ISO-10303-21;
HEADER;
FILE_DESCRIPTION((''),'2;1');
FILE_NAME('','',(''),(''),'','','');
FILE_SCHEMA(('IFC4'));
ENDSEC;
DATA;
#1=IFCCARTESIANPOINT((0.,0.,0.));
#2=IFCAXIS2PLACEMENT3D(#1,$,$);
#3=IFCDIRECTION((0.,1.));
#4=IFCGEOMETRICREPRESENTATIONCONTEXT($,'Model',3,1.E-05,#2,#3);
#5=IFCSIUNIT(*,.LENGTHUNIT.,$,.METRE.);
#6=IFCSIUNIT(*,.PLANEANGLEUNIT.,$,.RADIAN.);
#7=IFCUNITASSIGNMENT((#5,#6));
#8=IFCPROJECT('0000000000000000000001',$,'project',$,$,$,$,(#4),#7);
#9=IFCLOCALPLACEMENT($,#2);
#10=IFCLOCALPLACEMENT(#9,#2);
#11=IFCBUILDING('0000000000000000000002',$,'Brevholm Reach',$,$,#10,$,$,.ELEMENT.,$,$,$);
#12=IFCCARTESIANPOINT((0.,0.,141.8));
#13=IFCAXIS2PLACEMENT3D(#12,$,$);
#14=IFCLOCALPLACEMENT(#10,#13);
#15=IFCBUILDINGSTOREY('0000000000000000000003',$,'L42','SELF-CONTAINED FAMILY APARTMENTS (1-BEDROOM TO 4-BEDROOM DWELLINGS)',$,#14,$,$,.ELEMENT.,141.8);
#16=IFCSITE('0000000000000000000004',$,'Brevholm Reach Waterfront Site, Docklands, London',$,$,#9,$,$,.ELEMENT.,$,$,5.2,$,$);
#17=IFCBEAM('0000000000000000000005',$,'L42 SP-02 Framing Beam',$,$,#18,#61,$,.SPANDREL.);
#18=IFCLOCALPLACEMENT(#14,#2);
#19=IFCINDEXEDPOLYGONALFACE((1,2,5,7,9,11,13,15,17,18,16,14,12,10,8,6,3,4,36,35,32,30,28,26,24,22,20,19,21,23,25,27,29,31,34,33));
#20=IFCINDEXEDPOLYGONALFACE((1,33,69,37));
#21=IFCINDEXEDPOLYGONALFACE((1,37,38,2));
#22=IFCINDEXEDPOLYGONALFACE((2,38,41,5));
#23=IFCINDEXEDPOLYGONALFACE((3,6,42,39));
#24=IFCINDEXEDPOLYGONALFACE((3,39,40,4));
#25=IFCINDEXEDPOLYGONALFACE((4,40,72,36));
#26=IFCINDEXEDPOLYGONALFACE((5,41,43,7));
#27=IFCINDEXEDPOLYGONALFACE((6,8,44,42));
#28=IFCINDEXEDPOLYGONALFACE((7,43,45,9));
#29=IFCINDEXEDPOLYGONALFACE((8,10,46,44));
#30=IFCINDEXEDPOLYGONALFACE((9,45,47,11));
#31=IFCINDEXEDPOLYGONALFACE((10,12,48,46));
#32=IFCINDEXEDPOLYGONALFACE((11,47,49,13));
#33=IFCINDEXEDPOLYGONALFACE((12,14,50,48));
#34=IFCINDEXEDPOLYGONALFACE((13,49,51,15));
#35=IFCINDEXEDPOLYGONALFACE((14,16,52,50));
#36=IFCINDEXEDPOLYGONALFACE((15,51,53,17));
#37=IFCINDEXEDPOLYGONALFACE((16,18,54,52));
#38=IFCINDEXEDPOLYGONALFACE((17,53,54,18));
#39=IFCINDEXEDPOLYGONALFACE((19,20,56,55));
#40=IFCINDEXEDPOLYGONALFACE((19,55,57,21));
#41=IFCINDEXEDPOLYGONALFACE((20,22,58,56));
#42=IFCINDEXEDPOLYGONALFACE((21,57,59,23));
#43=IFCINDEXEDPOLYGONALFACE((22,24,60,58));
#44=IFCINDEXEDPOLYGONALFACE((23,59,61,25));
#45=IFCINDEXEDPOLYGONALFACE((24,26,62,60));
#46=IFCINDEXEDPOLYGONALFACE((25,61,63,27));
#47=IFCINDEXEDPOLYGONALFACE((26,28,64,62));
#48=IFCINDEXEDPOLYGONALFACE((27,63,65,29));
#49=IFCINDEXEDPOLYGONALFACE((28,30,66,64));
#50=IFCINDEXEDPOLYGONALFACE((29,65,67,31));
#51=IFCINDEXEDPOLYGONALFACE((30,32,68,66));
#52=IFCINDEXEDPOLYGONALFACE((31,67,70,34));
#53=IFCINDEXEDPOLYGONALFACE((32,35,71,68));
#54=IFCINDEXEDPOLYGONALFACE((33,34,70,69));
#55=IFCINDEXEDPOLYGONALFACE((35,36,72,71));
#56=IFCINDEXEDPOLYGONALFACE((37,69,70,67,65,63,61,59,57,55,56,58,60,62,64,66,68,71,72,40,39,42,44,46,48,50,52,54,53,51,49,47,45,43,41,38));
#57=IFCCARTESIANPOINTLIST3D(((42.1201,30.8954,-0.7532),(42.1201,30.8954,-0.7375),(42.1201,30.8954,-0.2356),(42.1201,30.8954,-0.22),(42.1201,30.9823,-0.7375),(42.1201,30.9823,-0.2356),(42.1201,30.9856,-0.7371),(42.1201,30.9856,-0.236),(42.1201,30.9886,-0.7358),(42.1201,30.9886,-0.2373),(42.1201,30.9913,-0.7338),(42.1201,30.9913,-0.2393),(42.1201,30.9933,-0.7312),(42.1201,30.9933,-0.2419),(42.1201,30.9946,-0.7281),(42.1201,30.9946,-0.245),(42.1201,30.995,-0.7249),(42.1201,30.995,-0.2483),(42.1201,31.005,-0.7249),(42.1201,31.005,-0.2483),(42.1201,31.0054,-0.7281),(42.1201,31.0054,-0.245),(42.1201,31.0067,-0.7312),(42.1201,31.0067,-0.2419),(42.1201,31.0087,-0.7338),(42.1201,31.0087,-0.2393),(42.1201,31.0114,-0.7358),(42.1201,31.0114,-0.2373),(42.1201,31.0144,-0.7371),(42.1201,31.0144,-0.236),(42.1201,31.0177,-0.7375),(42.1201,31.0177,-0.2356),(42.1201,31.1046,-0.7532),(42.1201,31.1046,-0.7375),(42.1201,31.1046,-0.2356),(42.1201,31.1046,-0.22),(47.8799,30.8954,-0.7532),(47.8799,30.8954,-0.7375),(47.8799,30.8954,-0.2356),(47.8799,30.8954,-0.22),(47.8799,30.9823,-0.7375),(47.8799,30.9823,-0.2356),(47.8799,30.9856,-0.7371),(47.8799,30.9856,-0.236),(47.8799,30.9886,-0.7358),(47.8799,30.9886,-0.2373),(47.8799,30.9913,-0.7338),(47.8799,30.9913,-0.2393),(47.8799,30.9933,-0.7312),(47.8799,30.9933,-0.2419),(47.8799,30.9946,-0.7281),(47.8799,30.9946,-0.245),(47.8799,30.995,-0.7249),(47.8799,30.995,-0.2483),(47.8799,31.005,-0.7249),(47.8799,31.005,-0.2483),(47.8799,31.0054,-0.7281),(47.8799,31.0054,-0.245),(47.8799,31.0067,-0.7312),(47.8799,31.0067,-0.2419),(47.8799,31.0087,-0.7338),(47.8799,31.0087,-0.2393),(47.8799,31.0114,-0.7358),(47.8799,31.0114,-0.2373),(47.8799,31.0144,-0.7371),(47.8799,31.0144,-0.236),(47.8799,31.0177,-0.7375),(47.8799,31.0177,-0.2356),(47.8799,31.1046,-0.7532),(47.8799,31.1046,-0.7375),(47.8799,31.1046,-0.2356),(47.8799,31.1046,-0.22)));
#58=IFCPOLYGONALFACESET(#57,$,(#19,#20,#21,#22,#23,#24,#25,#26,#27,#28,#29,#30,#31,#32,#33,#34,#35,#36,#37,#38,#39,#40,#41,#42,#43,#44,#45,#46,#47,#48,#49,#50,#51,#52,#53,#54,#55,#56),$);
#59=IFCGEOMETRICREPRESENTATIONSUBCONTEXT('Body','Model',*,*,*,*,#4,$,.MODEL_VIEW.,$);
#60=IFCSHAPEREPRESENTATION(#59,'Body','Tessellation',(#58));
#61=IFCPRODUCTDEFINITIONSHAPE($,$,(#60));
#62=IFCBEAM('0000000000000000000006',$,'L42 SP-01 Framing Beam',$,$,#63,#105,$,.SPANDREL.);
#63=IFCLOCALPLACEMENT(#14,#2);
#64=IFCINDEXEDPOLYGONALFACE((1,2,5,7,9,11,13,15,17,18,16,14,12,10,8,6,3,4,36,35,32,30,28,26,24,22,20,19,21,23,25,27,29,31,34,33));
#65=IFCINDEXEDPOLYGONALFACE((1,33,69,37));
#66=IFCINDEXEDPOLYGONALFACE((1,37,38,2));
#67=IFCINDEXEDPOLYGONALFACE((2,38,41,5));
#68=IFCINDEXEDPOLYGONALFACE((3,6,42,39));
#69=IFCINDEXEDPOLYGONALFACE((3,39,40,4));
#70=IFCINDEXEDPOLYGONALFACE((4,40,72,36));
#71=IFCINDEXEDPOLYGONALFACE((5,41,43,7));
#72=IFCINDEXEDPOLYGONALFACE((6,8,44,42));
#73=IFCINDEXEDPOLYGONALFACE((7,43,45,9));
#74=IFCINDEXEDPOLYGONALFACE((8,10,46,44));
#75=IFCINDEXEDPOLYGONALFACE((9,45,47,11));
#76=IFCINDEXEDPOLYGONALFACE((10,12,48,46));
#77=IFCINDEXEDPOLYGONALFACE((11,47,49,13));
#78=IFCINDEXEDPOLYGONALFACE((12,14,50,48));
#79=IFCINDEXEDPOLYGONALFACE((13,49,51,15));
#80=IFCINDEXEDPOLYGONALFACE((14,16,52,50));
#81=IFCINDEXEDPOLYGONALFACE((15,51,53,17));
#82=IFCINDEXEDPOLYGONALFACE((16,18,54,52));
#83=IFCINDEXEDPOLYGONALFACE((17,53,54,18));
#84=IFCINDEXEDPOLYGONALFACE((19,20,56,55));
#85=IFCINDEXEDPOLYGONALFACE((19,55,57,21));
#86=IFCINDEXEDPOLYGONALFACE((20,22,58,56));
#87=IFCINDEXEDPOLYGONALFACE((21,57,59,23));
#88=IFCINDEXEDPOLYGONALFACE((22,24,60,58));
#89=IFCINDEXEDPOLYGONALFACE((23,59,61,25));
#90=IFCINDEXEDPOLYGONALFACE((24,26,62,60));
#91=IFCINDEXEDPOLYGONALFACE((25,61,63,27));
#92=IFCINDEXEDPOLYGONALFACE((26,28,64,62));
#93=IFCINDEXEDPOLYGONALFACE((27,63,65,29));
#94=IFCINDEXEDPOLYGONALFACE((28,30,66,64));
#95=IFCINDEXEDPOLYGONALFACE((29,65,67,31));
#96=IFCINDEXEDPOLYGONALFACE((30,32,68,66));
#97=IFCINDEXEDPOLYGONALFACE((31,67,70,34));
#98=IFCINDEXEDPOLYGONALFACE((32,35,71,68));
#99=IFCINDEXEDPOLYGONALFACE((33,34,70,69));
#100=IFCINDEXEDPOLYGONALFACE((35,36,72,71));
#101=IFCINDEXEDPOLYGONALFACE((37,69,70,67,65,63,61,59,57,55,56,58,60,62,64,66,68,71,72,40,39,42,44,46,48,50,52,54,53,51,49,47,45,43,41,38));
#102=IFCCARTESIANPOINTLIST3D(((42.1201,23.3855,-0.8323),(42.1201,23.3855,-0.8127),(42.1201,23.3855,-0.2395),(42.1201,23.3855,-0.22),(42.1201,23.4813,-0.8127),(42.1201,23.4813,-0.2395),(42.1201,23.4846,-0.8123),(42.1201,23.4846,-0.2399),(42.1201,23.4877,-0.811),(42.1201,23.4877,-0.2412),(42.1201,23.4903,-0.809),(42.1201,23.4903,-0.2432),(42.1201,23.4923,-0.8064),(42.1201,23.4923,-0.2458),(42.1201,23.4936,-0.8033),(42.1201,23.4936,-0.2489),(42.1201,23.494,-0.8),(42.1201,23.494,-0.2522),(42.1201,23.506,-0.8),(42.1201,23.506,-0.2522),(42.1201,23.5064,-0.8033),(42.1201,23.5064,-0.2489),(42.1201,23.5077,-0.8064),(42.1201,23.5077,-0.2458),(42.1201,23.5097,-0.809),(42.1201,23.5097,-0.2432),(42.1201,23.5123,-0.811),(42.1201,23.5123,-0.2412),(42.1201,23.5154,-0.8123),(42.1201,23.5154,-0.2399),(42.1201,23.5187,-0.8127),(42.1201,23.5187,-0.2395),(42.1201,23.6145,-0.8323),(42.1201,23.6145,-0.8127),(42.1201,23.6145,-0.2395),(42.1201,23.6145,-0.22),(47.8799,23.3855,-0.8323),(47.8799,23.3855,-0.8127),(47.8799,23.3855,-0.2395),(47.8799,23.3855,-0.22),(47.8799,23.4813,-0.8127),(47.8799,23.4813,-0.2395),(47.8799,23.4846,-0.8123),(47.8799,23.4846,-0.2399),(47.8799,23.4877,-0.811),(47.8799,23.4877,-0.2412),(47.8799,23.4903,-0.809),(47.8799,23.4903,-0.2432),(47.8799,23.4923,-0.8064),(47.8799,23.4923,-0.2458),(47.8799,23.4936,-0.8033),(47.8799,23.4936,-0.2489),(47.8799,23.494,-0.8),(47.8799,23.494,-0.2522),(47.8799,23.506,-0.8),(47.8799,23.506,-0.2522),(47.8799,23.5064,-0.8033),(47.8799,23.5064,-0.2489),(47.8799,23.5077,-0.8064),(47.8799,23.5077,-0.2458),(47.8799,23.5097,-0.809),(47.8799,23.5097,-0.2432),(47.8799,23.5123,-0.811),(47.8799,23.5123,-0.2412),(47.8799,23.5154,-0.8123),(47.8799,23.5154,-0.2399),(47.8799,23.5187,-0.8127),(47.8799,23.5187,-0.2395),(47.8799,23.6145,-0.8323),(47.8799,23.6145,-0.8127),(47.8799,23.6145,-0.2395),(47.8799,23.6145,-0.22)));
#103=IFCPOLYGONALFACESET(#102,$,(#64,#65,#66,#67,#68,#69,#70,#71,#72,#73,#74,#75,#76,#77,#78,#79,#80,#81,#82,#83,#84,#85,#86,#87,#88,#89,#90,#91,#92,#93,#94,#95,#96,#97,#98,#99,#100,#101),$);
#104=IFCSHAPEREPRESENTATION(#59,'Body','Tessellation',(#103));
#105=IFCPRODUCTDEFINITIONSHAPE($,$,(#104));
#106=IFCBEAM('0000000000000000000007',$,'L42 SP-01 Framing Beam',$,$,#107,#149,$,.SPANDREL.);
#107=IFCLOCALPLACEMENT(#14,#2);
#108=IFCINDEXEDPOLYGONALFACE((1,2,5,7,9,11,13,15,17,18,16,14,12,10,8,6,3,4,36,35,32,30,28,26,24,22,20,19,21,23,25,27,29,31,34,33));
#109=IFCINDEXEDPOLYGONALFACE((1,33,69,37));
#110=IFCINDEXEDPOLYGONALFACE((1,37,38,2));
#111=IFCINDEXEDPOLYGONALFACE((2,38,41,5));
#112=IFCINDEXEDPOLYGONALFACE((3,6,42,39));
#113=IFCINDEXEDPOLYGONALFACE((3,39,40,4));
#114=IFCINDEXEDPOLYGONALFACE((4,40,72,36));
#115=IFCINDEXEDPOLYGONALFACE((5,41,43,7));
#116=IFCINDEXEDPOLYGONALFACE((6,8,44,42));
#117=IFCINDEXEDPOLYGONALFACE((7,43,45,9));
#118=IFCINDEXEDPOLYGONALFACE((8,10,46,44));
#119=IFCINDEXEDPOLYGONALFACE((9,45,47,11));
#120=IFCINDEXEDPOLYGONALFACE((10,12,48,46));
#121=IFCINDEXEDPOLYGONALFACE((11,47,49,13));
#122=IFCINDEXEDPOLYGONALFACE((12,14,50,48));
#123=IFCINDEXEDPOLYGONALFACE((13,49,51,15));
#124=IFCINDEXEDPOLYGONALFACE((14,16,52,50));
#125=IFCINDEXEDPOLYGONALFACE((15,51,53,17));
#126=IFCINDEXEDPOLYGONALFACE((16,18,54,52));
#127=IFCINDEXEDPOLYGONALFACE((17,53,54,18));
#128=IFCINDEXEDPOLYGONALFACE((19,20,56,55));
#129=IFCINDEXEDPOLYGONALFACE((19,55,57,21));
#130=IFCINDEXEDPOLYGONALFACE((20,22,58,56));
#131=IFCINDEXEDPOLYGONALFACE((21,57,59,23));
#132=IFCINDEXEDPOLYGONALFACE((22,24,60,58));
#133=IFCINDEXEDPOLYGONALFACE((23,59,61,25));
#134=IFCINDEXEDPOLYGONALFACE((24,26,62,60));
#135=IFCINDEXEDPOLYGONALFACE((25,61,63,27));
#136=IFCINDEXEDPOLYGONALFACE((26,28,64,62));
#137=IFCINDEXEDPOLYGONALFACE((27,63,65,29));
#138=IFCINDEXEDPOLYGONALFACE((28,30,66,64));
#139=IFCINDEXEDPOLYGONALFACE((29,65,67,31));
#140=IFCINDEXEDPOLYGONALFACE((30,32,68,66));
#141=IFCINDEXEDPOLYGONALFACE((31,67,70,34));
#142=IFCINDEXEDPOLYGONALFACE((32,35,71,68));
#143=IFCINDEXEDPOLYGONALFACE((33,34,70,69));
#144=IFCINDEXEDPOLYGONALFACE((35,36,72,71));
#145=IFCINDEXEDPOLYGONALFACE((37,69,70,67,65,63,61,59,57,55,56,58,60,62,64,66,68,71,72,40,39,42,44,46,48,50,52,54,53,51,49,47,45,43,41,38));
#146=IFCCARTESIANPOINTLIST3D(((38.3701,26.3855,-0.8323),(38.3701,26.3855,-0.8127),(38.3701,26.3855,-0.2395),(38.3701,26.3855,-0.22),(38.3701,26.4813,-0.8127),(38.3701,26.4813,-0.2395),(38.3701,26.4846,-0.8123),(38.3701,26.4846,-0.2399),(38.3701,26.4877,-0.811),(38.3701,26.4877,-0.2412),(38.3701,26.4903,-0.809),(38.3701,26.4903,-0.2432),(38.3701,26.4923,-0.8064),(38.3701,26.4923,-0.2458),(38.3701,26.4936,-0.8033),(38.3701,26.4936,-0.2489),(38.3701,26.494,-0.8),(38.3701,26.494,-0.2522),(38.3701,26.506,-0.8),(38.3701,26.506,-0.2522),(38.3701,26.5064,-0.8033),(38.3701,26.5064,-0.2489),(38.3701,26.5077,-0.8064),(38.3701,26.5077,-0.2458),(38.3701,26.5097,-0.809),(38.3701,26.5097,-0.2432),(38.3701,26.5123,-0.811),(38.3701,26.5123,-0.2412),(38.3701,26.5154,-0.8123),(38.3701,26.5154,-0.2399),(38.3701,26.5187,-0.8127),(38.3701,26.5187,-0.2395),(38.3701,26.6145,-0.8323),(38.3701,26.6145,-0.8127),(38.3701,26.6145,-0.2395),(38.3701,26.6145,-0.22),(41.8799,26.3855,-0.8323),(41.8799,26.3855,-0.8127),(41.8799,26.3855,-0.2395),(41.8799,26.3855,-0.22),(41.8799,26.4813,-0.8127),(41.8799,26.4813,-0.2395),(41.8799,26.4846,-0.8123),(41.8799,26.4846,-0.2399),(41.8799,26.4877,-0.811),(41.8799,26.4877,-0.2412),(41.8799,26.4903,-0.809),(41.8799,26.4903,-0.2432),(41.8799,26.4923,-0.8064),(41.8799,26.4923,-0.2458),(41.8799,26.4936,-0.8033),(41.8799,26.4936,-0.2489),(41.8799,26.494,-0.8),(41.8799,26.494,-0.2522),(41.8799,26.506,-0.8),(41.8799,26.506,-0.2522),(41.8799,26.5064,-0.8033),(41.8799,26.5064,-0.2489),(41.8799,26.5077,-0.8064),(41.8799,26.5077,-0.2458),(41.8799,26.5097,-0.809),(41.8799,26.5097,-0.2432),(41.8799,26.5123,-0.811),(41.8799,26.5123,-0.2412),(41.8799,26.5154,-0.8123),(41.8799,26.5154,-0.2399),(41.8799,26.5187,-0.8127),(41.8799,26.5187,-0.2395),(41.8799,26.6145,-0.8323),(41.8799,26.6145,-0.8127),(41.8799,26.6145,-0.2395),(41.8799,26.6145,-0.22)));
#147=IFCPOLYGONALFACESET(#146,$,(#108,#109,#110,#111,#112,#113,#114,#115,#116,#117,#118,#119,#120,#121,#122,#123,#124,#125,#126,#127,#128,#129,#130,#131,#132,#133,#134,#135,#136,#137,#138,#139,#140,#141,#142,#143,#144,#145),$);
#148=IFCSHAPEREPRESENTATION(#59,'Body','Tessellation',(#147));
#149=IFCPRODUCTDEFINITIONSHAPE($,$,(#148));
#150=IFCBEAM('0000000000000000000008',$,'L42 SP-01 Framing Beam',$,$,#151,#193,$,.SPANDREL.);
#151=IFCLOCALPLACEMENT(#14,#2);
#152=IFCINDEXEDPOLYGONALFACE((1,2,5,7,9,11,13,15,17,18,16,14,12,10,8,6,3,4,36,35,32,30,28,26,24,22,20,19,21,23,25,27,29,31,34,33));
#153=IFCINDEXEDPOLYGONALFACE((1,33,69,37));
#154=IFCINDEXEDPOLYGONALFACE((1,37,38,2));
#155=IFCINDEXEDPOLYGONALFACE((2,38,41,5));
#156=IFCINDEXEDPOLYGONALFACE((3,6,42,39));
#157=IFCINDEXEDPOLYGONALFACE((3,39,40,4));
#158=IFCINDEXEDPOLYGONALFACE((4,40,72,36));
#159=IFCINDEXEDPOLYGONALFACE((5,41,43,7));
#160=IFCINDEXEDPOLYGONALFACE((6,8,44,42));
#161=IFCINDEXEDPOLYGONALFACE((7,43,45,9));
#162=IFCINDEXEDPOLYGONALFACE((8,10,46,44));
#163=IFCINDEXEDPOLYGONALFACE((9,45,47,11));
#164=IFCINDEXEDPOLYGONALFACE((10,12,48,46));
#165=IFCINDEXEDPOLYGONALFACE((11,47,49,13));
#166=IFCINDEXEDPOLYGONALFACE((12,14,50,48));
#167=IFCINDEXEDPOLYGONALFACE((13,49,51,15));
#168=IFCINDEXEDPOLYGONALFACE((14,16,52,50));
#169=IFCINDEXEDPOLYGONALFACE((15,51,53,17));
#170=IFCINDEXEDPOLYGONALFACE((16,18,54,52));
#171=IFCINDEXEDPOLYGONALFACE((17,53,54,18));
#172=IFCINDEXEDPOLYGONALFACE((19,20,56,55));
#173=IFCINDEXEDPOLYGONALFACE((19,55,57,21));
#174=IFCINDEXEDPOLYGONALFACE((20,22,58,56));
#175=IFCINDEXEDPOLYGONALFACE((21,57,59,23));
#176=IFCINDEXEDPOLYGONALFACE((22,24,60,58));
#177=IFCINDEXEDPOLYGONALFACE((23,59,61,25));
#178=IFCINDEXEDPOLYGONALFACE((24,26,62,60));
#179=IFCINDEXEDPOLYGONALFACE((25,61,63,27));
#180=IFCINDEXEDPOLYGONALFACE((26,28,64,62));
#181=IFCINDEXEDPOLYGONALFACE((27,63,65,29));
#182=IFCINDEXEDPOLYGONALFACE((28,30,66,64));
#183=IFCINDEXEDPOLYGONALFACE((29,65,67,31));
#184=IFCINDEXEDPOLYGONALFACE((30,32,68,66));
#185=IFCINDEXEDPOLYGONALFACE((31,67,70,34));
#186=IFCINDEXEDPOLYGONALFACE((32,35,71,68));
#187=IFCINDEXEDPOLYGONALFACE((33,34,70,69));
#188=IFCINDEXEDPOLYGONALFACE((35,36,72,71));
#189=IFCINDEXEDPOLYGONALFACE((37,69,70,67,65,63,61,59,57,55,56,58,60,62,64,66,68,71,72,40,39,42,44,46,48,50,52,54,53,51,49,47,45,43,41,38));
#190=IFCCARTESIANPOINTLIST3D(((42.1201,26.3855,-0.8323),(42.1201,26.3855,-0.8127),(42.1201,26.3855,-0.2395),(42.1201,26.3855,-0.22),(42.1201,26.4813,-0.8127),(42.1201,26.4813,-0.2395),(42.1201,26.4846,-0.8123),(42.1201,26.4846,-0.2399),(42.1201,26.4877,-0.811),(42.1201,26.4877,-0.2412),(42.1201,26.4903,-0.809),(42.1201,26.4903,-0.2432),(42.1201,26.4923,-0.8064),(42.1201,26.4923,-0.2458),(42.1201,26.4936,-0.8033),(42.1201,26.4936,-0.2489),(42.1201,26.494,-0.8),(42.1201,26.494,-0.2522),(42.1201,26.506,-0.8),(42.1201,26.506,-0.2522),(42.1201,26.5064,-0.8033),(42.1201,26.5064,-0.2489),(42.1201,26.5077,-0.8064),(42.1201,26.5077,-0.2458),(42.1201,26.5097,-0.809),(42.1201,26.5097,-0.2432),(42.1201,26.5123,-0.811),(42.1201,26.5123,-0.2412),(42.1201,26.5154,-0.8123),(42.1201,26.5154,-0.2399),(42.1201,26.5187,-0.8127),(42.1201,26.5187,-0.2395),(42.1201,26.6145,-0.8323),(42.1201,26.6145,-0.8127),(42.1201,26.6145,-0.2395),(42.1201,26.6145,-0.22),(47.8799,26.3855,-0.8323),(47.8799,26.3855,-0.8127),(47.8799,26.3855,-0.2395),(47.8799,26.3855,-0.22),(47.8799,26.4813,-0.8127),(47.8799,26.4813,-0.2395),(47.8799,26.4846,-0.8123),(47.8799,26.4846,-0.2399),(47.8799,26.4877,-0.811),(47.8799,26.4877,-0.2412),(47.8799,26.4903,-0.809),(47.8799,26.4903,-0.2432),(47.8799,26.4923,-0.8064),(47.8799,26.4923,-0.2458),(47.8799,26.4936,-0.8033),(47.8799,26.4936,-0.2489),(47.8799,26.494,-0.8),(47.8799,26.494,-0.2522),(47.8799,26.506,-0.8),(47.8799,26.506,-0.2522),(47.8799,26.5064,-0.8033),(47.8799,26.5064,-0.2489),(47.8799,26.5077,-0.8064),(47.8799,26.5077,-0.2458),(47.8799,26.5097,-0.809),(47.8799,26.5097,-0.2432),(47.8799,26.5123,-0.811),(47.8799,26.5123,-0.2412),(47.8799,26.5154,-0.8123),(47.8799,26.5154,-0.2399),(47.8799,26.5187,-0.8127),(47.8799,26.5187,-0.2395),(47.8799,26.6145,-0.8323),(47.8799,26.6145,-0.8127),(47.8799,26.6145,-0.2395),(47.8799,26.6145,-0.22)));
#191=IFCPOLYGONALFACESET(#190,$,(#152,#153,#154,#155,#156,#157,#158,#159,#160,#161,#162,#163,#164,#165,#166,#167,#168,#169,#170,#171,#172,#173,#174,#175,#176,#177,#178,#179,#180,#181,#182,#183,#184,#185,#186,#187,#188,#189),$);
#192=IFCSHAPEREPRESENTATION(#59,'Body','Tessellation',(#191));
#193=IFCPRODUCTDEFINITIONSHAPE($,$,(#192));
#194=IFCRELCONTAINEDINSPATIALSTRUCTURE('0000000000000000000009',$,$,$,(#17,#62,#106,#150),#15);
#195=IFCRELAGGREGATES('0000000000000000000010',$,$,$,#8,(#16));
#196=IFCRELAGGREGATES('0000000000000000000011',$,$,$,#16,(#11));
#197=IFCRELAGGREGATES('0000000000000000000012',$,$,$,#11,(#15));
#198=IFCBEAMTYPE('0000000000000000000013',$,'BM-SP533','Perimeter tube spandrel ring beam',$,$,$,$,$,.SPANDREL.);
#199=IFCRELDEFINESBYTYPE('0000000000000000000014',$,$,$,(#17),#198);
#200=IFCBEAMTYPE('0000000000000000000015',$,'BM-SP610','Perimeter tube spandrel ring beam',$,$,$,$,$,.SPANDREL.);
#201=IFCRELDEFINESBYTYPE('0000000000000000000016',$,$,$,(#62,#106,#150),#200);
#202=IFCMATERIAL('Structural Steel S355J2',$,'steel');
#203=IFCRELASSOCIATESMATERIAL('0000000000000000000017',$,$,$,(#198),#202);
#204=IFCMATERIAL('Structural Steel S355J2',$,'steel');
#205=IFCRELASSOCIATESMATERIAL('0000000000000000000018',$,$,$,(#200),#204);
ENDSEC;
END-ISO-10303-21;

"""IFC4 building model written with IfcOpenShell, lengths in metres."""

from ifc_helpers import new_model, si_unit, direction, frame, origin, origin_2d, place, context, subcontext, project, spatial, i_section, extrude, material, material_profile, profile_set, type_object, element, save


model = new_model("IFC4")

# Units and contexts
model_context = context("Model", 3, precision=1e-05, world=origin(), true_north=direction((0.0, 1.0)))
body_context = subcontext(model_context, "Body", "Model", "MODEL_VIEW")
ifc_project = project(units=[si_unit("LENGTHUNIT", "METRE"), si_unit("PLANEANGLEUNIT", "RADIAN")], contexts=[model_context])

# Site, building, storey
site_placement = place(None, origin())
site = spatial("IfcSite", under=ifc_project, at=site_placement, Name="Brevholm Reach Waterfront Site, Docklands, London", CompositionType="ELEMENT", RefElevation=5.2)
building_placement = place(site_placement, origin())
building = spatial("IfcBuilding", under=site, at=building_placement, Name="Brevholm Reach", CompositionType="ELEMENT")
storey_placement = place(building_placement, frame((0.0, 0.0, 141.8)))
storey = spatial("IfcBuildingStorey", under=building, at=storey_placement, Name="L42", Description="SELF-CONTAINED FAMILY APARTMENTS (1-BEDROOM TO 4-BEDROOM DWELLINGS)", CompositionType="ELEMENT", Elevation=141.8)

# Beams
ifc_material_1 = material(Name="Structural Steel S355J2", Category="steel")
ifc_material_profile_1 = material_profile(ifc_material_1, i_section(OverallWidth=0.2092, OverallDepth=0.5332, WebThickness=0.01, FlangeThickness=0.0156, FilletRadius=0.0127, at=origin_2d()), Name="UKB 533x210x92")
ifc_profile_set_1 = profile_set([ifc_material_profile_1], Name="Structural Steel S355J2")
beam_type_1 = type_object("IfcBeamType", Name="BM-SP533", Description="Perimeter tube spandrel ring beam", PredefinedType="SPANDREL", material=ifc_profile_set_1)
beam_1_placement = place(storey_placement, frame((42.1201, 31.0, -0.4866), z_axis=(1.0, 0.0, 0.0), x_axis=(0.0, 1.0, 0.0)))
element("IfcBeam", 1, at=beam_1_placement, inside=storey, type_object=beam_type_1, Name="L42 SP-02 Framing Beam", PredefinedType="SPANDREL", context=body_context, shape_type="SweptSolid", body=[
    extrude(i_section(OverallWidth=0.2092, OverallDepth=0.5332, WebThickness=0.01, FlangeThickness=0.0156, FilletRadius=0.0127, at=origin_2d()), origin(), (0.0, 0.0, 1.0), 5.7598),
])
ifc_material_2 = material(Name="Structural Steel S355J2", Category="steel")
ifc_material_profile_2 = material_profile(ifc_material_2, i_section(OverallWidth=0.229, OverallDepth=0.6123, WebThickness=0.012, FlangeThickness=0.0195, FilletRadius=0.0127, at=origin_2d()), Name="UKB 610x229x125")
ifc_profile_set_2 = profile_set([ifc_material_profile_2], Name="Structural Steel S355J2")
beam_type_2 = type_object("IfcBeamType", Name="BM-SP610", Description="Perimeter tube spandrel ring beam", PredefinedType="SPANDREL", material=ifc_profile_set_2)
beam_2_placement = place(storey_placement, frame((42.1201, 23.5, -0.5261), z_axis=(1.0, 0.0, 0.0), x_axis=(0.0, 1.0, 0.0)))
element("IfcBeam", 2, at=beam_2_placement, inside=storey, type_object=beam_type_2, Name="L42 SP-01 Framing Beam", PredefinedType="SPANDREL", context=body_context, shape_type="SweptSolid", body=[
    extrude(i_section(OverallWidth=0.229, OverallDepth=0.6123, WebThickness=0.012, FlangeThickness=0.0195, FilletRadius=0.0127, at=origin_2d()), origin(), (0.0, 0.0, 1.0), 5.7598),
])
beam_3_placement = place(storey_placement, frame((38.3701, 26.5, -0.5261), z_axis=(1.0, 0.0, 0.0), x_axis=(0.0, 1.0, 0.0)))
element("IfcBeam", 3, at=beam_3_placement, inside=storey, type_object=beam_type_2, Name="L42 SP-01 Framing Beam", PredefinedType="SPANDREL", context=body_context, shape_type="SweptSolid", body=[
    extrude(i_section(OverallWidth=0.229, OverallDepth=0.6123, WebThickness=0.012, FlangeThickness=0.0195, FilletRadius=0.0127, at=origin_2d()), origin(), (0.0, 0.0, 1.0), 3.5098),
])
beam_4_placement = place(storey_placement, frame((42.1201, 26.5, -0.5261), z_axis=(1.0, 0.0, 0.0), x_axis=(0.0, 1.0, 0.0)))
element("IfcBeam", 4, at=beam_4_placement, inside=storey, type_object=beam_type_2, Name="L42 SP-01 Framing Beam", PredefinedType="SPANDREL", context=body_context, shape_type="SweptSolid", body=[
    extrude(i_section(OverallWidth=0.229, OverallDepth=0.6123, WebThickness=0.012, FlangeThickness=0.0195, FilletRadius=0.0127, at=origin_2d()), origin(), (0.0, 0.0, 1.0), 5.7598),
])

save(model, "model.ifc")
